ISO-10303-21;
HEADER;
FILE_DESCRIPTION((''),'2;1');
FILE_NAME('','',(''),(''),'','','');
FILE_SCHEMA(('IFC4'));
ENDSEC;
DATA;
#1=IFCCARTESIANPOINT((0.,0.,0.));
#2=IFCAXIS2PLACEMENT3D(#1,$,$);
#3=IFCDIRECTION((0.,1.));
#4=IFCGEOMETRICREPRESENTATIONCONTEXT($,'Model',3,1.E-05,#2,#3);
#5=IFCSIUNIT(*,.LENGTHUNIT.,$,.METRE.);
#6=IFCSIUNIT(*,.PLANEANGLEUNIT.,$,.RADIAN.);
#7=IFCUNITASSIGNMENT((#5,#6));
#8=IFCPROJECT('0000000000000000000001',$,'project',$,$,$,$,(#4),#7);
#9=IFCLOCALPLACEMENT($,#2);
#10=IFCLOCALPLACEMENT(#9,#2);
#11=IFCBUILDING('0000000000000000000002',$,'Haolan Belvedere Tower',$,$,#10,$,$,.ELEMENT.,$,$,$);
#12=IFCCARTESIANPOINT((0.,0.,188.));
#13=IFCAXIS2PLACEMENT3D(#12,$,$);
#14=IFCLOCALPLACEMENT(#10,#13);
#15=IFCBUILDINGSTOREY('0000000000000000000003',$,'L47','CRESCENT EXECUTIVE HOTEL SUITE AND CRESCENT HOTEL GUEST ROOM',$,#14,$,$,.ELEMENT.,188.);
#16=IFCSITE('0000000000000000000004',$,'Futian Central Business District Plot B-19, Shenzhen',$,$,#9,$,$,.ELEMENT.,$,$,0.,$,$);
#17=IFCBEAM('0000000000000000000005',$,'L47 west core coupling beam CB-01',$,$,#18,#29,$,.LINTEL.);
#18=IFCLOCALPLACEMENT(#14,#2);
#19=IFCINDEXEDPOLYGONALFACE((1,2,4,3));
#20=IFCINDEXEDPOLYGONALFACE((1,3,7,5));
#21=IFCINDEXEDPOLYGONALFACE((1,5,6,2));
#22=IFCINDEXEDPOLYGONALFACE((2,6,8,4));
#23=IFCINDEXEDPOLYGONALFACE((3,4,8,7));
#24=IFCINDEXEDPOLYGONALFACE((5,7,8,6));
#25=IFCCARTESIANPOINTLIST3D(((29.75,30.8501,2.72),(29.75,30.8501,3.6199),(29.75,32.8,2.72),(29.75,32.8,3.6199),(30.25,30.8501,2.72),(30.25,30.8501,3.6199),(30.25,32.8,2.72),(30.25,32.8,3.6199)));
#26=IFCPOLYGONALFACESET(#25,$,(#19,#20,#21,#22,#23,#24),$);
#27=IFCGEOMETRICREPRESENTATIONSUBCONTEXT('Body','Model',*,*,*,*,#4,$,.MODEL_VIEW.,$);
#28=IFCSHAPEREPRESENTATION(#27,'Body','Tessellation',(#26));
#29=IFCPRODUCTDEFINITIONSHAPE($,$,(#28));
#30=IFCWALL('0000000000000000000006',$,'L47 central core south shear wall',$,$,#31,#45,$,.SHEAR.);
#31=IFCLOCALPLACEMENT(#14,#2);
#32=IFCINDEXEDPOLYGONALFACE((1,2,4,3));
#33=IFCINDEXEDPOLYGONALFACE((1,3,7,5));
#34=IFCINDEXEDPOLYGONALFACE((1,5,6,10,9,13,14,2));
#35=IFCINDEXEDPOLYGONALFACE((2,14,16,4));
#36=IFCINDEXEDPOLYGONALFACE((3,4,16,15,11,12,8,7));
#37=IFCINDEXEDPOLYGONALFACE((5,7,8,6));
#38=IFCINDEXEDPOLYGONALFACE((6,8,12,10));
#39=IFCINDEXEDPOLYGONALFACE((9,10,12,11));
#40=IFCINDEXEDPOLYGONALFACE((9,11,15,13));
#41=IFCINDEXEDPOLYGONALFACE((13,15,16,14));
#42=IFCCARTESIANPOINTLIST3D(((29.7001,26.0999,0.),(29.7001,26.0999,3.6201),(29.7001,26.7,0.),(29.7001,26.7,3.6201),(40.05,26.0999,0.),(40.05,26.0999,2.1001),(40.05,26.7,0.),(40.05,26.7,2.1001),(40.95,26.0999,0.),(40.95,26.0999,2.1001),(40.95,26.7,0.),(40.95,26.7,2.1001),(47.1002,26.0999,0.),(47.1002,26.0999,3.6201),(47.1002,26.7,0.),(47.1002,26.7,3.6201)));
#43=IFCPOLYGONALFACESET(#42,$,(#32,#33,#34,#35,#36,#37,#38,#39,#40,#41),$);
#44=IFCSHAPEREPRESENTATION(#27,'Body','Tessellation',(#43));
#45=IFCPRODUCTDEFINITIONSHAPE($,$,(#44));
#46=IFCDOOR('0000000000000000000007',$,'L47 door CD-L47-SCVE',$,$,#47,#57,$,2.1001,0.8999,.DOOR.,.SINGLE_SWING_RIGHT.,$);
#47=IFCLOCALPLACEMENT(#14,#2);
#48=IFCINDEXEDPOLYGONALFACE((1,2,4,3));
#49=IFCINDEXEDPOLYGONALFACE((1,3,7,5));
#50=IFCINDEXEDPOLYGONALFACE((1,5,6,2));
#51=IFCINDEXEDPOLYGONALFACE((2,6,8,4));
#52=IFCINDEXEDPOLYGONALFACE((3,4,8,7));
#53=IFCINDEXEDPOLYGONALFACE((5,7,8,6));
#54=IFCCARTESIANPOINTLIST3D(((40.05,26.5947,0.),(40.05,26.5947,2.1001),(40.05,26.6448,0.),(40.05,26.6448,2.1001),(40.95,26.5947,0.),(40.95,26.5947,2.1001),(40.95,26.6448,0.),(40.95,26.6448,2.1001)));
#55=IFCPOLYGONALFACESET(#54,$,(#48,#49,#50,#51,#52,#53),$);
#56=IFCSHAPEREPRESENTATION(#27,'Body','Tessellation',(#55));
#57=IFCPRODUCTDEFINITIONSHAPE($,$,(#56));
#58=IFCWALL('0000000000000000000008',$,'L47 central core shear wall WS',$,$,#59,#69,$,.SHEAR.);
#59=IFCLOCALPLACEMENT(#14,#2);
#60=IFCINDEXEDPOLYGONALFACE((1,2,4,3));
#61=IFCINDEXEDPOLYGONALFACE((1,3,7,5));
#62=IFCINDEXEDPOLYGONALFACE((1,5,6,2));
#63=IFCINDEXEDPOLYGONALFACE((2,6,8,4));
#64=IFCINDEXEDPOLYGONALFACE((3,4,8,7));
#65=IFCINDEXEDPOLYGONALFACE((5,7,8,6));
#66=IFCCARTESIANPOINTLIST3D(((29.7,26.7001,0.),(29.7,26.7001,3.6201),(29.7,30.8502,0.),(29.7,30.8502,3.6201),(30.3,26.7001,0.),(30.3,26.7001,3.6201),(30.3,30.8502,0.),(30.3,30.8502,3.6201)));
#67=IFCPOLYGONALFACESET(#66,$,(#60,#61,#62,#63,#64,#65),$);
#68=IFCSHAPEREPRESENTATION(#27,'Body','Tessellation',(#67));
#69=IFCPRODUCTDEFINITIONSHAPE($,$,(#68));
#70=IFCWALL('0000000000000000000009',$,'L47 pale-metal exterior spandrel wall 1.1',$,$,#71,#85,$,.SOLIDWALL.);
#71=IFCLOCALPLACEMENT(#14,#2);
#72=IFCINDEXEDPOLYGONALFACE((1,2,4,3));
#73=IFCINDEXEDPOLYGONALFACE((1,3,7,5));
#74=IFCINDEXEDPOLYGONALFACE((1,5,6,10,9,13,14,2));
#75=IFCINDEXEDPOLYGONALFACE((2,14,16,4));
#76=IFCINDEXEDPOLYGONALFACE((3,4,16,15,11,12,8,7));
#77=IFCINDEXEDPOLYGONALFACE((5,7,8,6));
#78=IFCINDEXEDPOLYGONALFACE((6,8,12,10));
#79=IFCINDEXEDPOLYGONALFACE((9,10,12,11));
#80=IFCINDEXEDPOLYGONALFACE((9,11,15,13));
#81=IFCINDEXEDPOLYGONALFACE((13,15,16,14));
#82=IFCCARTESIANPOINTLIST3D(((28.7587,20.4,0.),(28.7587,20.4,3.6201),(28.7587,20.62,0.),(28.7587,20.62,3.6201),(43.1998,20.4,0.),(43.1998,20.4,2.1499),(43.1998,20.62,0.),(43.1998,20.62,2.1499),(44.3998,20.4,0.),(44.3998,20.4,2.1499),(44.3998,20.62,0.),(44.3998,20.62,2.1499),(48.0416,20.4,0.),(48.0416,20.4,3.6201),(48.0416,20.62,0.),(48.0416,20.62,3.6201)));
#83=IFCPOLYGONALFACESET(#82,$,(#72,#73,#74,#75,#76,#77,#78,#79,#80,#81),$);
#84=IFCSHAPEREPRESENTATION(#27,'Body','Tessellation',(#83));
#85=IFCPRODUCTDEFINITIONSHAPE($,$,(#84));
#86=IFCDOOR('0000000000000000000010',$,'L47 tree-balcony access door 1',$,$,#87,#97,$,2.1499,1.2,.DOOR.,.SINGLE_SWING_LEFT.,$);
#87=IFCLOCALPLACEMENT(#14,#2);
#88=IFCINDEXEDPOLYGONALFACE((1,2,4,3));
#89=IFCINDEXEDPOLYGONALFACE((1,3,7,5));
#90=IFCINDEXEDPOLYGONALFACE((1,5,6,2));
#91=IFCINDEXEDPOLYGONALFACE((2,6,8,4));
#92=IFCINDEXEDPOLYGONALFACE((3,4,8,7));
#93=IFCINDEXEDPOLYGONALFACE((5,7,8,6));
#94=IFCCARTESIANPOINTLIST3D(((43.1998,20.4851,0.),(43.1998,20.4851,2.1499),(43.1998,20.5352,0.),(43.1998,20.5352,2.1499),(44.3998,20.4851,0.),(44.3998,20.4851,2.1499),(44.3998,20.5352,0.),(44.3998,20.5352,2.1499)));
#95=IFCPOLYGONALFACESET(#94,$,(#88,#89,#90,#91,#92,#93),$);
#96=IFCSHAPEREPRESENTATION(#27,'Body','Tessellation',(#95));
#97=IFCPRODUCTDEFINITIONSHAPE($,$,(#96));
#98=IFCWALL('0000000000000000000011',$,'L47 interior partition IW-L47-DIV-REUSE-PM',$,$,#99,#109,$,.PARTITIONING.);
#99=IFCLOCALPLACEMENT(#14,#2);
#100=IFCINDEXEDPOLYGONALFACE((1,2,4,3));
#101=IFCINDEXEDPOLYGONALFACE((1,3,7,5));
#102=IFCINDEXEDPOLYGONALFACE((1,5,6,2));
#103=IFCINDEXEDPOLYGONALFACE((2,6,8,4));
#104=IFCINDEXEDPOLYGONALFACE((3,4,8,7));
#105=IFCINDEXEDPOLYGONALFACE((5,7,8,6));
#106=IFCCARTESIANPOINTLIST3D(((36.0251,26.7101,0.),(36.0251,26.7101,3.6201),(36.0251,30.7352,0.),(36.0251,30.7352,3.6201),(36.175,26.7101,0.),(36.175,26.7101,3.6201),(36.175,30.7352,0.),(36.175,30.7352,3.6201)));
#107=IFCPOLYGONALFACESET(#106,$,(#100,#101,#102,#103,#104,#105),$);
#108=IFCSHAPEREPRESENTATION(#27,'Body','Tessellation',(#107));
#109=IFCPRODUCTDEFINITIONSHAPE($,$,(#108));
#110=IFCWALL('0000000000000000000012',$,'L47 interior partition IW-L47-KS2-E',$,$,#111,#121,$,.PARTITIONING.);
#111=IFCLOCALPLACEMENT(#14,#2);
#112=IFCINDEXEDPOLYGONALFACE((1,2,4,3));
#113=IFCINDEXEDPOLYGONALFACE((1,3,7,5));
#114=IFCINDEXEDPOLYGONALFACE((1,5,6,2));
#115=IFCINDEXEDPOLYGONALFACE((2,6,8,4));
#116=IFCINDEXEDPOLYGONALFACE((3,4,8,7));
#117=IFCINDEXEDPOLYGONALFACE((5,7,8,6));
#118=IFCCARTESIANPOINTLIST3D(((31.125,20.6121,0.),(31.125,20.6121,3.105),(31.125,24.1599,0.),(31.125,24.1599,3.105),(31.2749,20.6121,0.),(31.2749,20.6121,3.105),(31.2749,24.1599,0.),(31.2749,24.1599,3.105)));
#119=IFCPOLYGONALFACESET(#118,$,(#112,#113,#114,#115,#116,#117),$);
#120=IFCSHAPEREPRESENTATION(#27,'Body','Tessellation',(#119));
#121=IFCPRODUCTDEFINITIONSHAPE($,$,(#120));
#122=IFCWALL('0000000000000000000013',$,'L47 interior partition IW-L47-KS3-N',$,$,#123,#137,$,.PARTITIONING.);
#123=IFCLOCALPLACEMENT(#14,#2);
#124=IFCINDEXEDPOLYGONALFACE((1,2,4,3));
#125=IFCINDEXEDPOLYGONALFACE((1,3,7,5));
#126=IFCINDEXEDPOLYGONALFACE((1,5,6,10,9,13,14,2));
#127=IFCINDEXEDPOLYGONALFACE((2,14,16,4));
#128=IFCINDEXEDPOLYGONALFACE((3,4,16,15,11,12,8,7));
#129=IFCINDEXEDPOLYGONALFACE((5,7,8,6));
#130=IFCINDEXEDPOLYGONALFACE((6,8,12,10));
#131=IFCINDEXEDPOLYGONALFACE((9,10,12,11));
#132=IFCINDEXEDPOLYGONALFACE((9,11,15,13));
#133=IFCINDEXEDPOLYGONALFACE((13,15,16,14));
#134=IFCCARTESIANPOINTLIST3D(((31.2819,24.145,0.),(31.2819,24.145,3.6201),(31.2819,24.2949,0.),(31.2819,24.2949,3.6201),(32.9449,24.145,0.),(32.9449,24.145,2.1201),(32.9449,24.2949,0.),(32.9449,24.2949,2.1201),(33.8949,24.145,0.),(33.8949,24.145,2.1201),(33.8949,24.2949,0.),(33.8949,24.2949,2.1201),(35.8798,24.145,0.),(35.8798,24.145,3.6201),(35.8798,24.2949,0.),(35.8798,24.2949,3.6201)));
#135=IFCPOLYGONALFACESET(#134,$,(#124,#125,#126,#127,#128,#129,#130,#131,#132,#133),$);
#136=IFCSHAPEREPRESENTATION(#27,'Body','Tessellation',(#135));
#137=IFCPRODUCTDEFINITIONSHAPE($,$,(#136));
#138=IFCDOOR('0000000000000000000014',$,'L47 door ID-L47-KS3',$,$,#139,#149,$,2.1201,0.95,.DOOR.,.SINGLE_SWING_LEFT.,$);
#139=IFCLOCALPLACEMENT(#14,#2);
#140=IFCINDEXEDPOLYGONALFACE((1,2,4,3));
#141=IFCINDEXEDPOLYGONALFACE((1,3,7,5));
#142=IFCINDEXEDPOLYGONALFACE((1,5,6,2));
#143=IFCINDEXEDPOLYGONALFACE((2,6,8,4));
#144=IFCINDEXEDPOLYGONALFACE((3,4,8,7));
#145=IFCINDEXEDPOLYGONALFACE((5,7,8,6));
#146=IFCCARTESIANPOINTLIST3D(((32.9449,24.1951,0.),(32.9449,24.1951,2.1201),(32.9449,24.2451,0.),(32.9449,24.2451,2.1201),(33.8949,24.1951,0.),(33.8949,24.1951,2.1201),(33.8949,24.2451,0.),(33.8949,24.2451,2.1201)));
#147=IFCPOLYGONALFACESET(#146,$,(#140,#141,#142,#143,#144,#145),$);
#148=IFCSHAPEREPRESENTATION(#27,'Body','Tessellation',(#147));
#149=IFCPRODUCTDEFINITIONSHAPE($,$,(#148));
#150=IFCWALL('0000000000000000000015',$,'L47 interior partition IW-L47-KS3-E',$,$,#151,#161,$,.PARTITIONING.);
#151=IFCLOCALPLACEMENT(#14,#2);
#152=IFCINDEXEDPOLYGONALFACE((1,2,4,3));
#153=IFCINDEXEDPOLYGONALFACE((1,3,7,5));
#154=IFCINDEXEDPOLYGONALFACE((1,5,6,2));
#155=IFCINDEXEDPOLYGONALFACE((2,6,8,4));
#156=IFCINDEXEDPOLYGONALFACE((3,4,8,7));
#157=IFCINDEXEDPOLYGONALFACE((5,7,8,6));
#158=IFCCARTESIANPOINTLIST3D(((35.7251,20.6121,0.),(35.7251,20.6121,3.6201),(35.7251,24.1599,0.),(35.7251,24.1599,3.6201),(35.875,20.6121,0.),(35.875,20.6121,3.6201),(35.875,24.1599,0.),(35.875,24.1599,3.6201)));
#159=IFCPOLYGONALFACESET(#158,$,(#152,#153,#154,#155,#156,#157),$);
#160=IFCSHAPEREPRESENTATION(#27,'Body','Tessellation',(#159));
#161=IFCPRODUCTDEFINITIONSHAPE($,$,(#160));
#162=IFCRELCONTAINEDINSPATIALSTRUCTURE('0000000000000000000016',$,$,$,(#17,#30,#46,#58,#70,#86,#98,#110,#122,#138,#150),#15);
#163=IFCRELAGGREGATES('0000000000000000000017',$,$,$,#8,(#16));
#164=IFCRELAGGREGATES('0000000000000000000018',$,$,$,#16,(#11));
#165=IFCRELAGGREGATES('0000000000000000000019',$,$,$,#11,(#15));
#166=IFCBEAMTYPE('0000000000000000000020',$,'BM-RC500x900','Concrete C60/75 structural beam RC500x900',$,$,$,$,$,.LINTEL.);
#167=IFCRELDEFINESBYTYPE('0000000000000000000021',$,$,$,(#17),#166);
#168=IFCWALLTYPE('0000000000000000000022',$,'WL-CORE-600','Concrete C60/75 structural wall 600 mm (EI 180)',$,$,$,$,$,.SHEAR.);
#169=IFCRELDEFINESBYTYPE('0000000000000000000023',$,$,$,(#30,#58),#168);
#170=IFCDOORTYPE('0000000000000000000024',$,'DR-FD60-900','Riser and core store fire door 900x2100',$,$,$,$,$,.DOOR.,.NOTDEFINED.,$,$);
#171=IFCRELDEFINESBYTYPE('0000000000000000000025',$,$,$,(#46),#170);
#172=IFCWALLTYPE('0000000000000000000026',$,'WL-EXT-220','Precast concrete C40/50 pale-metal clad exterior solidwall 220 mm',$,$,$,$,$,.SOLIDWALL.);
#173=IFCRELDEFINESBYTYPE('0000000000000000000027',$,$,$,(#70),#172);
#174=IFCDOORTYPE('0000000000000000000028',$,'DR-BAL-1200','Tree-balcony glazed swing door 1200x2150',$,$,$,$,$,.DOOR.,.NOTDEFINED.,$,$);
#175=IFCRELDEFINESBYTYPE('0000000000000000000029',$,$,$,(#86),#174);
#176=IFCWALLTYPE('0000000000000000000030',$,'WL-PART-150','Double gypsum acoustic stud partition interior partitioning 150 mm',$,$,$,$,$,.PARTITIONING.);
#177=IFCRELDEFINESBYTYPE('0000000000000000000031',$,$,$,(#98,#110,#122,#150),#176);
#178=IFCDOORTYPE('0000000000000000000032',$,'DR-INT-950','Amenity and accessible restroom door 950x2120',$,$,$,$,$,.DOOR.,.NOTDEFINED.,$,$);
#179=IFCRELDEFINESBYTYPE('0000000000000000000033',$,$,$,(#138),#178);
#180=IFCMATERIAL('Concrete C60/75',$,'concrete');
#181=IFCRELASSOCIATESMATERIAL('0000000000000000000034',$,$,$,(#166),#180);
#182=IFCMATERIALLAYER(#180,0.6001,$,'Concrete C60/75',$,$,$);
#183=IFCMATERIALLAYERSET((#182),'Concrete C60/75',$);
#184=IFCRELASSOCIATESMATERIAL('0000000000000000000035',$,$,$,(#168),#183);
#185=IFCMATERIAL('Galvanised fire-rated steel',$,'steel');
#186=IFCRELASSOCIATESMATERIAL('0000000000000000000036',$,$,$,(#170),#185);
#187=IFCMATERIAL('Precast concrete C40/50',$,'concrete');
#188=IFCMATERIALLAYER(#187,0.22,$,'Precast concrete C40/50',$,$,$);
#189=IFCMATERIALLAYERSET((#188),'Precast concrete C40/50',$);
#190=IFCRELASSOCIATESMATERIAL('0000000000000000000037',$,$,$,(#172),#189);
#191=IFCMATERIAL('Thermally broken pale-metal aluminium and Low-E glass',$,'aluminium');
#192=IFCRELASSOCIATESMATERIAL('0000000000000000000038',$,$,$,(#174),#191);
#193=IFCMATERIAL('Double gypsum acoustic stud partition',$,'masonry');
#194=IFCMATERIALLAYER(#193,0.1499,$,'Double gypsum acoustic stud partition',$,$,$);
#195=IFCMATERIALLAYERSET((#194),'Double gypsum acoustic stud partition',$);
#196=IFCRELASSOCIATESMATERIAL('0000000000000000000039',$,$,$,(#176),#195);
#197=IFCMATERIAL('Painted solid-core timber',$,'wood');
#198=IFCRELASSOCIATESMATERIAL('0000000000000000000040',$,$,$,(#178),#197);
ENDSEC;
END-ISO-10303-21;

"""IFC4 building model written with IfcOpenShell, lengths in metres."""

from ifc_helpers import new_model, si_unit, direction, frame, frame_2d, origin, origin_2d, place, context, subcontext, project, spatial, rectangle, extrude, material, layer, layer_set, material_profile, profile_set, type_object, element, fill, save


model = new_model("IFC4")

# Units and contexts
model_context = context("Model", 3, precision=1e-05, world=origin(), true_north=direction((0.0, 1.0)))
body_context = subcontext(model_context, "Body", "Model", "MODEL_VIEW")
ifc_project = project(units=[si_unit("LENGTHUNIT", "METRE"), si_unit("PLANEANGLEUNIT", "RADIAN")], contexts=[model_context])

# Site, building, storey
site_placement = place(None, origin())
site = spatial("IfcSite", under=ifc_project, at=site_placement, Name="Futian Central Business District Plot B-19, Shenzhen", CompositionType="ELEMENT", RefElevation=0.0)
building_placement = place(site_placement, origin())
building = spatial("IfcBuilding", under=site, at=building_placement, Name="Haolan Belvedere Tower", CompositionType="ELEMENT")
storey_placement = place(building_placement, frame((0.0, 0.0, 188.0)))
storey = spatial("IfcBuildingStorey", under=building, at=storey_placement, Name="L47", Description="CRESCENT EXECUTIVE HOTEL SUITE AND CRESCENT HOTEL GUEST ROOM", CompositionType="ELEMENT", Elevation=188.0)

# Beam
ifc_material_1 = material(Name="Concrete C60/75", Category="concrete")
ifc_material_profile_1 = material_profile(ifc_material_1, rectangle(XDim=0.5, YDim=0.8999, at=origin_2d()), Name="Concrete C60/75")
ifc_profile_set_1 = profile_set([ifc_material_profile_1], Name="Concrete C60/75")
beam_type_1 = type_object("IfcBeamType", Name="BM-RC500x900", Description="Concrete C60/75 structural beam RC500x900", PredefinedType="LINTEL", material=ifc_profile_set_1)
beam_1_placement = place(storey_placement, frame((30.0, 30.8501, 3.1699), z_axis=(0.0, 1.0, 0.0), x_axis=(-1.0, 0.0, 0.0)))
element("IfcBeam", 1, at=beam_1_placement, inside=storey, type_object=beam_type_1, Name="L47 west core coupling beam CB-01", PredefinedType="LINTEL", context=body_context, shape_type="SweptSolid", body=[
    extrude(rectangle(XDim=0.5, YDim=0.8999, at=origin_2d()), origin(), (0.0, 0.0, 1.0), 1.95),
])

# Wall, opening, door
ifc_layer_1 = layer(ifc_material_1, 0.6001, Name="Concrete C60/75")
ifc_layer_set_1 = layer_set([ifc_layer_1], Name="Concrete C60/75")
wall_type_1 = type_object("IfcWallType", Name="WL-CORE-600", Description="Concrete C60/75 structural wall 600 mm (EI 180)", PredefinedType="SHEAR", material=ifc_layer_set_1)
wall_1_placement = place(storey_placement, frame((29.7, 26.3999, 0.0), z_axis=(0.0, 0.0, 1.0), x_axis=(1.0, 0.0, 0.0)))
wall_1 = element("IfcWall", 2, at=wall_1_placement, inside=storey, type_object=wall_type_1, Name="L47 central core south shear wall", PredefinedType="SHEAR", context=body_context, shape_type="SweptSolid", body=[
    extrude(rectangle(XDim=17.4001, YDim=0.6001, at=frame_2d((8.7002, 0.0))), origin(), (0.0, 0.0, 1.0), 3.6201),
])
opening_1_placement = place(wall_1_placement, frame((11.25, 0.0, 0.0), z_axis=(0.0, 0.0, 1.0), x_axis=(-1.0, 0.0, 0.0)))
opening_1 = element("IfcOpeningElement", 3, at=opening_1_placement, cuts=wall_1, PredefinedType="OPENING", context=body_context, shape_type="SweptSolid", body=[
    extrude(rectangle(XDim=0.8999, YDim=2.1001, at=frame_2d((0.45, 1.05))), frame((0.0, 0.3101, 0.0), z_axis=(0.0, -1.0, 0.0), x_axis=(1.0, 0.0, 0.0)), (0.0, 0.0, 1.0), 0.6201),
])
ifc_material_2 = material(Name="Galvanised fire-rated steel", Category="steel")
door_type_1 = type_object("IfcDoorType", Name="DR-FD60-900", Description="Riser and core store fire door 900x2100", OperationType="NOTDEFINED", PredefinedType="DOOR", material=ifc_material_2)
door_1_placement = place(opening_1_placement, origin())
door_1 = element("IfcDoor", 4, at=door_1_placement, inside=storey, type_object=door_type_1, Name="L47 door CD-L47-SCVE", OperationType="SINGLE_SWING_RIGHT", OverallHeight=2.1001, OverallWidth=0.8999, PredefinedType="DOOR", context=body_context, shape_type="SweptSolid", body=[
    extrude(rectangle(XDim=0.8999, YDim=2.1001, at=frame_2d((0.45, 1.05))), frame((0.0, -0.1948, 0.0), z_axis=(0.0, -1.0, 0.0), x_axis=(1.0, 0.0, 0.0)), (0.0, 0.0, 1.0), 0.05),
])
fill(opening_1, door_1)

# Wall
wall_2_placement = place(storey_placement, frame((30.0, 26.7, 0.0), z_axis=(0.0, 0.0, 1.0), x_axis=(0.0, 1.0, 0.0)))
element("IfcWall", 5, at=wall_2_placement, inside=storey, type_object=wall_type_1, Name="L47 central core shear wall WS", PredefinedType="SHEAR", context=body_context, shape_type="SweptSolid", body=[
    extrude(rectangle(XDim=4.1501, YDim=0.6001, at=frame_2d((2.0752, 0.0))), origin(), (0.0, 0.0, 1.0), 3.6201),
])

# Wall, opening, door
ifc_material_3 = material(Name="Precast concrete C40/50", Category="concrete")
ifc_layer_2 = layer(ifc_material_3, 0.22, Name="Precast concrete C40/50")
ifc_layer_set_2 = layer_set([ifc_layer_2], Name="Precast concrete C40/50")
wall_type_2 = type_object("IfcWallType", Name="WL-EXT-220", Description="Precast concrete C40/50 pale-metal clad exterior solidwall 220 mm", PredefinedType="SOLIDWALL", material=ifc_layer_set_2)
wall_3_placement = place(storey_placement, frame((28.7585, 20.51, 0.0), z_axis=(0.0, 0.0, 1.0), x_axis=(1.0, 0.0, 0.0)))
wall_3 = element("IfcWall", 6, at=wall_3_placement, inside=storey, type_object=wall_type_2, Name="L47 pale-metal exterior spandrel wall 1.1", PredefinedType="SOLIDWALL", context=body_context, shape_type="SweptSolid", body=[
    extrude(rectangle(XDim=19.283, YDim=0.22, at=frame_2d((9.6416, 0.0))), origin(), (0.0, 0.0, 1.0), 3.6201),
])
opening_2_placement = place(wall_3_placement, frame((15.6414, 0.0, 0.0), z_axis=(0.0, 0.0, 1.0), x_axis=(-1.0, 0.0, 0.0)))
opening_2 = element("IfcOpeningElement", 7, at=opening_2_placement, cuts=wall_3, PredefinedType="OPENING", context=body_context, shape_type="SweptSolid", body=[
    extrude(rectangle(XDim=1.2, YDim=2.1499, at=frame_2d((0.6001, 1.075))), frame((0.0, 0.1199, 0.0), z_axis=(0.0, -1.0, 0.0), x_axis=(1.0, 0.0, 0.0)), (0.0, 0.0, 1.0), 0.24),
])
ifc_material_4 = material(Name="Thermally broken pale-metal aluminium and Low-E glass", Category="aluminium")
door_type_2 = type_object("IfcDoorType", Name="DR-BAL-1200", Description="Tree-balcony glazed swing door 1200x2150", OperationType="NOTDEFINED", PredefinedType="DOOR", material=ifc_material_4)
door_2_placement = place(opening_2_placement, origin())
door_2 = element("IfcDoor", 8, at=door_2_placement, inside=storey, type_object=door_type_2, Name="L47 tree-balcony access door 1", OperationType="SINGLE_SWING_LEFT", OverallHeight=2.1499, OverallWidth=1.2, PredefinedType="DOOR", context=body_context, shape_type="SweptSolid", body=[
    extrude(rectangle(XDim=1.2, YDim=2.1499, at=frame_2d((0.6001, 1.075))), frame((0.0, 0.0249, 0.0), z_axis=(0.0, -1.0, 0.0), x_axis=(1.0, 0.0, 0.0)), (0.0, 0.0, 1.0), 0.05),
])
fill(opening_2, door_2)

# Walls
ifc_material_5 = material(Name="Double gypsum acoustic stud partition", Category="masonry")
ifc_layer_3 = layer(ifc_material_5, 0.1499, Name="Double gypsum acoustic stud partition")
ifc_layer_set_3 = layer_set([ifc_layer_3], Name="Double gypsum acoustic stud partition")
wall_type_3 = type_object("IfcWallType", Name="WL-PART-150", Description="Double gypsum acoustic stud partition interior partitioning 150 mm", PredefinedType="PARTITIONING", material=ifc_layer_set_3)
wall_4_placement = place(storey_placement, frame((36.1001, 26.71, 0.0), z_axis=(0.0, 0.0, 1.0), x_axis=(0.0, 1.0, 0.0)))
element("IfcWall", 9, at=wall_4_placement, inside=storey, type_object=wall_type_3, Name="L47 interior partition IW-L47-DIV-REUSE-PM", PredefinedType="PARTITIONING", context=body_context, shape_type="SweptSolid", body=[
    extrude(rectangle(XDim=4.0251, YDim=0.1499, at=frame_2d((2.0127, 0.0))), origin(), (0.0, 0.0, 1.0), 3.6201),
])
wall_5_placement = place(storey_placement, frame((31.2, 20.6121, 0.0), z_axis=(0.0, 0.0, 1.0), x_axis=(0.0, 1.0, 0.0)))
element("IfcWall", 10, at=wall_5_placement, inside=storey, type_object=wall_type_3, Name="L47 interior partition IW-L47-KS2-E", PredefinedType="PARTITIONING", context=body_context, shape_type="SweptSolid", body=[
    extrude(rectangle(XDim=3.5479, YDim=0.1499, at=frame_2d((1.7739, 0.0))), origin(), (0.0, 0.0, 1.0), 3.105),
])

# Wall, opening, door
wall_6_placement = place(storey_placement, frame((31.282, 24.22, 0.0), z_axis=(0.0, 0.0, 1.0), x_axis=(1.0, 0.0, 0.0)))
wall_6 = element("IfcWall", 11, at=wall_6_placement, inside=storey, type_object=wall_type_3, Name="L47 interior partition IW-L47-KS3-N", PredefinedType="PARTITIONING", context=body_context, shape_type="SweptSolid", body=[
    extrude(rectangle(XDim=4.5979, YDim=0.1499, at=frame_2d((2.2988, 0.0))), origin(), (0.0, 0.0, 1.0), 3.6201),
])
opening_3_placement = place(wall_6_placement, frame((2.613, 0.0, 0.0), z_axis=(0.0, 0.0, 1.0), x_axis=(-1.0, 0.0, 0.0)))
opening_3 = element("IfcOpeningElement", 12, at=opening_3_placement, cuts=wall_6, PredefinedType="OPENING", context=body_context, shape_type="SweptSolid", body=[
    extrude(rectangle(XDim=0.95, YDim=2.1201, at=frame_2d((0.4751, 1.0601))), frame((0.0, 0.085, 0.0), z_axis=(0.0, -1.0, 0.0), x_axis=(1.0, 0.0, 0.0)), (0.0, 0.0, 1.0), 0.1699),
])
ifc_material_6 = material(Name="Painted solid-core timber", Category="wood")
door_type_3 = type_object("IfcDoorType", Name="DR-INT-950", Description="Amenity and accessible restroom door 950x2120", OperationType="NOTDEFINED", PredefinedType="DOOR", material=ifc_material_6)
door_3_placement = place(opening_3_placement, origin())
door_3 = element("IfcDoor", 13, at=door_3_placement, inside=storey, type_object=door_type_3, Name="L47 door ID-L47-KS3", OperationType="SINGLE_SWING_LEFT", OverallHeight=2.1201, OverallWidth=0.95, PredefinedType="DOOR", context=body_context, shape_type="SweptSolid", body=[
    extrude(rectangle(XDim=0.95, YDim=2.1201, at=frame_2d((0.4751, 1.0601))), frame((0.0, 0.0249, 0.0), z_axis=(0.0, -1.0, 0.0), x_axis=(1.0, 0.0, 0.0)), (0.0, 0.0, 1.0), 0.05),
])
fill(opening_3, door_3)

# Wall
wall_7_placement = place(storey_placement, frame((35.8, 20.6121, 0.0), z_axis=(0.0, 0.0, 1.0), x_axis=(0.0, 1.0, 0.0)))
element("IfcWall", 14, at=wall_7_placement, inside=storey, type_object=wall_type_3, Name="L47 interior partition IW-L47-KS3-E", PredefinedType="PARTITIONING", context=body_context, shape_type="SweptSolid", body=[
    extrude(rectangle(XDim=3.5479, YDim=0.1499, at=frame_2d((1.7739, 0.0))), origin(), (0.0, 0.0, 1.0), 3.6201),
])

save(model, "model.ifc")
